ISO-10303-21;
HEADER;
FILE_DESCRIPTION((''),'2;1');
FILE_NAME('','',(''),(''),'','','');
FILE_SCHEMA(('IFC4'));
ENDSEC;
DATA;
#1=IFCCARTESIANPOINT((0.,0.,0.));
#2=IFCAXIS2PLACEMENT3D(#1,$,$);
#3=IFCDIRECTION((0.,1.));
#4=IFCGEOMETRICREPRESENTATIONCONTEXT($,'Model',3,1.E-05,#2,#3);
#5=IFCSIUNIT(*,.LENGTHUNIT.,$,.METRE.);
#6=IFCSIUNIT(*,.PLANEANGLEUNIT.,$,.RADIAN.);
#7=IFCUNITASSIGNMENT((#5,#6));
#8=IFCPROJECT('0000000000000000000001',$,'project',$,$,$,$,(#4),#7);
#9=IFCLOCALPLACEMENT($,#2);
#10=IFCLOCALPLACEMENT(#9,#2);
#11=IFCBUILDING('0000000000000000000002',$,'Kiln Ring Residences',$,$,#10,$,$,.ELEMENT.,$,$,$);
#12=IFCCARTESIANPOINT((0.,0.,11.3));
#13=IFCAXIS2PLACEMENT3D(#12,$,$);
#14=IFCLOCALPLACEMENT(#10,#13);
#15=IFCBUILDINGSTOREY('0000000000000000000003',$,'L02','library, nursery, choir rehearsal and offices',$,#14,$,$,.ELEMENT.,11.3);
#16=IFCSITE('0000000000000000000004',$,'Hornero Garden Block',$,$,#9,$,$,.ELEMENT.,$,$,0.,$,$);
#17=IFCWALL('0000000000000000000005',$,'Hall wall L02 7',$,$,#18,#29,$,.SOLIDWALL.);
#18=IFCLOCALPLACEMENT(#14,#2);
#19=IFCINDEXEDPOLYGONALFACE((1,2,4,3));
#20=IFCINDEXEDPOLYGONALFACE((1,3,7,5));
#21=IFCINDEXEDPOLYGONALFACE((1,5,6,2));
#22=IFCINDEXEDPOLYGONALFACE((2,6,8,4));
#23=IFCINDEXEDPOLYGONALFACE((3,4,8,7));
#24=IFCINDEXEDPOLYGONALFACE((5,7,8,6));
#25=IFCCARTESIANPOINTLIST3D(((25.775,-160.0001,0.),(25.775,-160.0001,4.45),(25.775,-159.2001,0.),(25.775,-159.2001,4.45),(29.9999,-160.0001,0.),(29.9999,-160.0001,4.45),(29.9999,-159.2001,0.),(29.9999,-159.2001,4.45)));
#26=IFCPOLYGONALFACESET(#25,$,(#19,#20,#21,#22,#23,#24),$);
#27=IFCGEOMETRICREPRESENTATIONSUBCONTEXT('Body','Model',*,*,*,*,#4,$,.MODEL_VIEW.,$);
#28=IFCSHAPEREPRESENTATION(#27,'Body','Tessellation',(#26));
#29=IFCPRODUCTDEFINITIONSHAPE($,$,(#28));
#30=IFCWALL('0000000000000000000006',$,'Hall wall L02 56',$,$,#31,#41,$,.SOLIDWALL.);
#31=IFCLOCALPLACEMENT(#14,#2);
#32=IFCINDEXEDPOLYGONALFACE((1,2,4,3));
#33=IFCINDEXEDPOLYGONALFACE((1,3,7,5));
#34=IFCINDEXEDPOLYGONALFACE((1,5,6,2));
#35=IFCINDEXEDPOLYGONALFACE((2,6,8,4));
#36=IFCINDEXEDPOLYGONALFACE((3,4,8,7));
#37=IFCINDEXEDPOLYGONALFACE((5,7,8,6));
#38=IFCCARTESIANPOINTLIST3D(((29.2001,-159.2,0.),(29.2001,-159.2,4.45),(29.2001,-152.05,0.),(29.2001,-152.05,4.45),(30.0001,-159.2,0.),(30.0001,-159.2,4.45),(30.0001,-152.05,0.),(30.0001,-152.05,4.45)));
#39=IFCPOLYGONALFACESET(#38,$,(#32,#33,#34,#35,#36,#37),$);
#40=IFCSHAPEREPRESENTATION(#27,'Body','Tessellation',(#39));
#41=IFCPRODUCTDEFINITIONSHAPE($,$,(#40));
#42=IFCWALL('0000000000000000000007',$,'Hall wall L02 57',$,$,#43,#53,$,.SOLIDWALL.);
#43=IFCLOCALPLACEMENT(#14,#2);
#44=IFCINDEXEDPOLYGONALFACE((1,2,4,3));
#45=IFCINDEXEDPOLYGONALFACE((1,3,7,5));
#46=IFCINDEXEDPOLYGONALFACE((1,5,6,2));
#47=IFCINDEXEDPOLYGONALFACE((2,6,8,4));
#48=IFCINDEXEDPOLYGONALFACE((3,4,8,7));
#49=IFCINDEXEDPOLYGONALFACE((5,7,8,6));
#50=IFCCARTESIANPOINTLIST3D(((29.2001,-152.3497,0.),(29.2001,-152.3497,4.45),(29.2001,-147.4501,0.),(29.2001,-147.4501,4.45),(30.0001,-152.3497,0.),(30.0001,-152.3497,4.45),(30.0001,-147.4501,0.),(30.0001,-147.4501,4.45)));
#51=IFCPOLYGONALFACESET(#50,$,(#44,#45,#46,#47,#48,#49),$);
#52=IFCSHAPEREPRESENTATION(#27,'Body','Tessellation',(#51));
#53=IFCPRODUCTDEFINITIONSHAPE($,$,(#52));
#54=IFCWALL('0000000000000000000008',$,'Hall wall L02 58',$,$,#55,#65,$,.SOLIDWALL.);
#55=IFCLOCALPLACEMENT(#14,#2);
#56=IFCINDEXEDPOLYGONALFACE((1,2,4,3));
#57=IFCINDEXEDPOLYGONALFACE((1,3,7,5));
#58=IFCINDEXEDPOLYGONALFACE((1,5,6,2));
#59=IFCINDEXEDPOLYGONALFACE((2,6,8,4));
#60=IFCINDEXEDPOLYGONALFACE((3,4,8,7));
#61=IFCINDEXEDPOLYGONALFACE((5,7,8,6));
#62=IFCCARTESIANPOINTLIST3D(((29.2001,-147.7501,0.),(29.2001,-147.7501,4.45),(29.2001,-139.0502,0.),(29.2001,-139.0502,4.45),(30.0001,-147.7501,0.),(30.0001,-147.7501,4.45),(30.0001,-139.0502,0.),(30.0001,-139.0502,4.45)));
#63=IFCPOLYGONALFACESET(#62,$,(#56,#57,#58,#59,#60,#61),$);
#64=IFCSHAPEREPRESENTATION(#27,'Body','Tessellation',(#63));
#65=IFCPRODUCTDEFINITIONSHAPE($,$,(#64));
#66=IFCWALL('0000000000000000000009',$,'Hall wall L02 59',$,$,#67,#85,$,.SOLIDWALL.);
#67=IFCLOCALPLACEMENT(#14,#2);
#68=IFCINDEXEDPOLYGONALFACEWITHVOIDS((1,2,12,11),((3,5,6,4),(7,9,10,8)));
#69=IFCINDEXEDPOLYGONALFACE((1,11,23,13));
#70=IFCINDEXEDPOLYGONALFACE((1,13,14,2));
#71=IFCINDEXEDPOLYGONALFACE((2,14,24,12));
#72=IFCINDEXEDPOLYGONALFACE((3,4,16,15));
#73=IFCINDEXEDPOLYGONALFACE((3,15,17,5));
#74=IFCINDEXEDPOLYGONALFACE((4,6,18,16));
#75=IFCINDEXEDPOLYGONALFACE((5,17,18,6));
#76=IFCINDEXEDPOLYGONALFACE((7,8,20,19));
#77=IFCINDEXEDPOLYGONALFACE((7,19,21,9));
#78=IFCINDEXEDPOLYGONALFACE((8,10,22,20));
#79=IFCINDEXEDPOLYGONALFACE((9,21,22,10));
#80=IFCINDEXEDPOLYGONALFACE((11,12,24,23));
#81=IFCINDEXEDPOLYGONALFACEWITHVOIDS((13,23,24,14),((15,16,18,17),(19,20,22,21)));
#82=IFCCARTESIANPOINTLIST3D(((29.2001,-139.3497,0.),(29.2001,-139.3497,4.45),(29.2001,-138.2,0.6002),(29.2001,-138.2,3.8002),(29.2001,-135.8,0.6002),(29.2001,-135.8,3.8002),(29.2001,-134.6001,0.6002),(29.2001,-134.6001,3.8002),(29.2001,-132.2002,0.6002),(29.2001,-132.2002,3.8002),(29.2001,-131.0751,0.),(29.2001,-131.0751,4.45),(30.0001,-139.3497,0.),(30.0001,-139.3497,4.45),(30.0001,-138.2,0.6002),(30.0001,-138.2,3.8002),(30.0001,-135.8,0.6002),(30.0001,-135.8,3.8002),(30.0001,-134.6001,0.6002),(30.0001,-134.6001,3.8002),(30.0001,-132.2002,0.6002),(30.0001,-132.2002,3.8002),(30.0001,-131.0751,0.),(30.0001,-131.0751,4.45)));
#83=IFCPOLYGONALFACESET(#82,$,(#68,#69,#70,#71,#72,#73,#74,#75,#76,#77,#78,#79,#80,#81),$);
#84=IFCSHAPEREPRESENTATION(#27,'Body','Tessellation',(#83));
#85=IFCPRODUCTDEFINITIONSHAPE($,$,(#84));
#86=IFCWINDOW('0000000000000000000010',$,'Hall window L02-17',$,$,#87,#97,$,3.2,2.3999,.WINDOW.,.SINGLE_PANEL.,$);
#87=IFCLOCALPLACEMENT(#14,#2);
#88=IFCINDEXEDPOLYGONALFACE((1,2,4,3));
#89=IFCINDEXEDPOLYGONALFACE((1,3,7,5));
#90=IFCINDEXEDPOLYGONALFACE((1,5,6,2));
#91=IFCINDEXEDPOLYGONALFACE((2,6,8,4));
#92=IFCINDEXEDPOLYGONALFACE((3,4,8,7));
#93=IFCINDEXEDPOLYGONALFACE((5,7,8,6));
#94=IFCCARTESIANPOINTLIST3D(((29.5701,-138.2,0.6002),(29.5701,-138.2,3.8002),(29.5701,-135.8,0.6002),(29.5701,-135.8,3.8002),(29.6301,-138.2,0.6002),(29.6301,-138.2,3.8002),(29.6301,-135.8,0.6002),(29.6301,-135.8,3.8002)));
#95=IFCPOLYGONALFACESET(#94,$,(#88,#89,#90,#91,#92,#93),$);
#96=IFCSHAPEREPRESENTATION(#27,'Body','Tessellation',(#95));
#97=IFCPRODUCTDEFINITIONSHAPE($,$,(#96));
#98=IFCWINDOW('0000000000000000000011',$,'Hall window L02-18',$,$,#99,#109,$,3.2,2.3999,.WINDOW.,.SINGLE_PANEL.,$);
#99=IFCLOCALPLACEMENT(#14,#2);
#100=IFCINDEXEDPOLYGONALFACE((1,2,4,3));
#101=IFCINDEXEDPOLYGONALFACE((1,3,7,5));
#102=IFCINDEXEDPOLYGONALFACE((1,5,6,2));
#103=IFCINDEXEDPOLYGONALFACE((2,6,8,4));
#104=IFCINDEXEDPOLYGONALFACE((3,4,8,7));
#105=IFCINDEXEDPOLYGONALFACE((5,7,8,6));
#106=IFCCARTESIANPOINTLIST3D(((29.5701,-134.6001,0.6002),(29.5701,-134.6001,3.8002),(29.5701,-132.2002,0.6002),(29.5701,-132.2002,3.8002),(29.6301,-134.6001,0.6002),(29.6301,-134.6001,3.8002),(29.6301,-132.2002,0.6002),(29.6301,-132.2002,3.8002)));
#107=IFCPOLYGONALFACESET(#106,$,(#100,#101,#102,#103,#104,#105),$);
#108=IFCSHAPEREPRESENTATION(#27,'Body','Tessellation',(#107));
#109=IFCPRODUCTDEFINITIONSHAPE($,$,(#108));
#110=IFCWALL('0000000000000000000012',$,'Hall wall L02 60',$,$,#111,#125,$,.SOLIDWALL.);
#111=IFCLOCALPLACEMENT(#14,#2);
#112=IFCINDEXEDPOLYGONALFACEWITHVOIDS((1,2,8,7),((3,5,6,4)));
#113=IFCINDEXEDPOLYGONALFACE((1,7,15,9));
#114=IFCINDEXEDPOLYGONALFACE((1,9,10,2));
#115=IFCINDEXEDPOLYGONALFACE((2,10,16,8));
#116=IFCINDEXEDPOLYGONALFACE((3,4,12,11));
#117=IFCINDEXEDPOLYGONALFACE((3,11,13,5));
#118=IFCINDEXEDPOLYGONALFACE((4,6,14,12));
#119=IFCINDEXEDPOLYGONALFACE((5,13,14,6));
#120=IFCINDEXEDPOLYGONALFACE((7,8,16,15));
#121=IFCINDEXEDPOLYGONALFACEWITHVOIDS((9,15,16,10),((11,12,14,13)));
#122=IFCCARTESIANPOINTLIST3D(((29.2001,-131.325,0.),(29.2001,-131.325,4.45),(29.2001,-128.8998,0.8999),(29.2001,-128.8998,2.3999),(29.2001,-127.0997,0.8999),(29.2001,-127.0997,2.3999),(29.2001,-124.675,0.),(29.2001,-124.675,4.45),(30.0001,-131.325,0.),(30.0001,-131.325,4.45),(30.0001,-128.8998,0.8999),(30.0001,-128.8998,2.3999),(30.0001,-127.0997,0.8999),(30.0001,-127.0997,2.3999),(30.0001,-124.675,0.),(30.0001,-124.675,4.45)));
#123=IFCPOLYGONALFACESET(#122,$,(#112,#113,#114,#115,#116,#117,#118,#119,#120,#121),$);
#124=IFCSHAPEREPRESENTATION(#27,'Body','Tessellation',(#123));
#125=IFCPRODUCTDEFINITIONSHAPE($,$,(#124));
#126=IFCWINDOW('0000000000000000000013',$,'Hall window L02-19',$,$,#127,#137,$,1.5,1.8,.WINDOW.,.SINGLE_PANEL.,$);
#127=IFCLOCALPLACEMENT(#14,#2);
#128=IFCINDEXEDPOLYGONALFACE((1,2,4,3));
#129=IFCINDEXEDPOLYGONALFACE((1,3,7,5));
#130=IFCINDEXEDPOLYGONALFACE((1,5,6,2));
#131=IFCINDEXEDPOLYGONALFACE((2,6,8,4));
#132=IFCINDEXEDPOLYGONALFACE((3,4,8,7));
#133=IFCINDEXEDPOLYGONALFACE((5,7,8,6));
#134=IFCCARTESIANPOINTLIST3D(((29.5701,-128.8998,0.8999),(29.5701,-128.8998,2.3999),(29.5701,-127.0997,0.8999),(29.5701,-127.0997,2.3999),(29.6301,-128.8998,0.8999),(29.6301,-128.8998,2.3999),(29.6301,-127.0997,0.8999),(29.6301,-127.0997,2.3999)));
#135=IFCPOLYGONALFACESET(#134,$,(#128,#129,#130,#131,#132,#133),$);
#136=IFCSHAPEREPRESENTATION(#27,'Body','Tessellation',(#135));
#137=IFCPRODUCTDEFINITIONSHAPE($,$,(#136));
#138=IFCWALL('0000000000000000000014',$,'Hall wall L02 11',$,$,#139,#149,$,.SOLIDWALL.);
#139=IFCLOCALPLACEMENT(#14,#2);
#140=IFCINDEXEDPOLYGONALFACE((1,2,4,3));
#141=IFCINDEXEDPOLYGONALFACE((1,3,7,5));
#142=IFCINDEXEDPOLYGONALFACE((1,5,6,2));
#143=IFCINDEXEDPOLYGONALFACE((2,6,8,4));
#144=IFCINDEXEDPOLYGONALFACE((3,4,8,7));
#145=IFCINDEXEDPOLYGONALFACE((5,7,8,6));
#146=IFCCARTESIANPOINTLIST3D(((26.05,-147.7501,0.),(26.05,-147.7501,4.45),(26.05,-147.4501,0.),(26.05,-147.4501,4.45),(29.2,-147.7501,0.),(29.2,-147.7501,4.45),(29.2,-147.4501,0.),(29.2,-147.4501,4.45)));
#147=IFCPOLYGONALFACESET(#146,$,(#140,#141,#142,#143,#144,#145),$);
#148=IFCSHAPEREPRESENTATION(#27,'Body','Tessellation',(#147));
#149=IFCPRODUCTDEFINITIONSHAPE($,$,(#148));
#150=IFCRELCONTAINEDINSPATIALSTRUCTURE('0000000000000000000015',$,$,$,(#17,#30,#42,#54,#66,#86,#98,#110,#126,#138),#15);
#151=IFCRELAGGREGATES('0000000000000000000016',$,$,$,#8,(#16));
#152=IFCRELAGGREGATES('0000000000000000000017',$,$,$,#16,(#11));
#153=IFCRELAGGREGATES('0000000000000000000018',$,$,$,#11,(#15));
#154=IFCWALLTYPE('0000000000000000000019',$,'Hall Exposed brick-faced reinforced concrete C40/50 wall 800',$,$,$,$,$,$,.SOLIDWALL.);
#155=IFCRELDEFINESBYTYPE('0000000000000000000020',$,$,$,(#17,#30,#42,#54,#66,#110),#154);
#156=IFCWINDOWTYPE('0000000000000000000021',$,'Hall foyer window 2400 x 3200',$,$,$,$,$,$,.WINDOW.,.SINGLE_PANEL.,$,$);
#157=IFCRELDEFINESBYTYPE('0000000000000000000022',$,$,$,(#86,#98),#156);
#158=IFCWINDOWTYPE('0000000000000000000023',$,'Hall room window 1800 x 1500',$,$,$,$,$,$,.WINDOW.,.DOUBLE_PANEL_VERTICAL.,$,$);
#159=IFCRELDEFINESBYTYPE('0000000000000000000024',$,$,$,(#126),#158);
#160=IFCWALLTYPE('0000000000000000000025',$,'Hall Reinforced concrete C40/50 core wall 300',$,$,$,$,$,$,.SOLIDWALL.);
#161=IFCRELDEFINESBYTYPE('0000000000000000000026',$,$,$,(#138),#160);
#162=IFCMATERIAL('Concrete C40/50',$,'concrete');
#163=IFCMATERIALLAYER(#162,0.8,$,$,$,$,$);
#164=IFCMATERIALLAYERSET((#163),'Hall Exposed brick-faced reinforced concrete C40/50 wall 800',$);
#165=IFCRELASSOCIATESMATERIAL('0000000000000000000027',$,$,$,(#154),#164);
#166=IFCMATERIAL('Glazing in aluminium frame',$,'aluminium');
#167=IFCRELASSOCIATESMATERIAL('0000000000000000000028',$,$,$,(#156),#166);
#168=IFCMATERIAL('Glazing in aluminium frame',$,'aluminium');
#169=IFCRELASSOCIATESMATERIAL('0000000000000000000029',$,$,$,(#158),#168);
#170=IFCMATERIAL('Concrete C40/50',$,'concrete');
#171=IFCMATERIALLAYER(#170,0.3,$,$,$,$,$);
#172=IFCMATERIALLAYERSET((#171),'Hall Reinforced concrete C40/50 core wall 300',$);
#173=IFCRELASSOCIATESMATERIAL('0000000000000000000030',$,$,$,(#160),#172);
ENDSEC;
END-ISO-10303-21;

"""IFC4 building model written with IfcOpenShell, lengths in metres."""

from ifc_helpers import new_model, si_unit, direction, frame, frame_2d, origin, place, context, subcontext, project, spatial, rectangle, extrude, material, layer, layer_set, type_object, element, fill, save


model = new_model("IFC4")

# Units and contexts
model_context = context("Model", 3, precision=1e-05, world=origin(), true_north=direction((0.0, 1.0)))
body_context = subcontext(model_context, "Body", "Model", "MODEL_VIEW")
ifc_project = project(units=[si_unit("LENGTHUNIT", "METRE"), si_unit("PLANEANGLEUNIT", "RADIAN")], contexts=[model_context])

# Site, building, storey
site_placement = place(None, origin())
site = spatial("IfcSite", under=ifc_project, at=site_placement, Name="Hornero Garden Block", CompositionType="ELEMENT", RefElevation=0.0)
building_placement = place(site_placement, origin())
building = spatial("IfcBuilding", under=site, at=building_placement, Name="Kiln Ring Residences", CompositionType="ELEMENT")
storey_placement = place(building_placement, frame((0.0, 0.0, 11.3)))
storey = spatial("IfcBuildingStorey", under=building, at=storey_placement, Name="L02", Description="library, nursery, choir rehearsal and offices", CompositionType="ELEMENT", Elevation=11.3)

# Walls
ifc_material_1 = material(Name="Concrete C40/50", Category="concrete")
ifc_layer_1 = layer(ifc_material_1, 0.8)
ifc_layer_set_1 = layer_set([ifc_layer_1], Name="Hall Exposed brick-faced reinforced concrete C40/50 wall 800")
wall_type_1 = type_object("IfcWallType", Name="Hall Exposed brick-faced reinforced concrete C40/50 wall 800", PredefinedType="SOLIDWALL", material=ifc_layer_set_1)
wall_1_placement = place(storey_placement, frame((25.7751, -159.6001, 0.0), z_axis=(0.0, 0.0, 1.0), x_axis=(1.0, 0.0, 0.0)))
element("IfcWall", 1, at=wall_1_placement, inside=storey, type_object=wall_type_1, Name="Hall wall L02 7", PredefinedType="SOLIDWALL", context=body_context, shape_type="SweptSolid", body=[
    extrude(rectangle(XDim=4.2249, YDim=0.8, at=frame_2d((2.1123, 0.0))), origin(), (0.0, 0.0, 1.0), 4.45),
])
wall_2_placement = place(storey_placement, frame((29.6001, -152.05, 0.0), z_axis=(0.0, 0.0, 1.0), x_axis=(0.0, -1.0, 0.0)))
element("IfcWall", 2, at=wall_2_placement, inside=storey, type_object=wall_type_1, Name="Hall wall L02 56", PredefinedType="SOLIDWALL", context=body_context, shape_type="SweptSolid", body=[
    extrude(rectangle(XDim=7.1499, YDim=0.8, at=frame_2d((3.575, 0.0))), origin(), (0.0, 0.0, 1.0), 4.45),
])
wall_3_placement = place(storey_placement, frame((29.6001, -147.4502, 0.0), z_axis=(0.0, 0.0, 1.0), x_axis=(0.0, -1.0, 0.0)))
element("IfcWall", 3, at=wall_3_placement, inside=storey, type_object=wall_type_1, Name="Hall wall L02 57", PredefinedType="SOLIDWALL", context=body_context, shape_type="SweptSolid", body=[
    extrude(rectangle(XDim=4.8997, YDim=0.8, at=frame_2d((2.4497, 0.0))), origin(), (0.0, 0.0, 1.0), 4.45),
])
wall_4_placement = place(storey_placement, frame((29.6001, -139.05, 0.0), z_axis=(0.0, 0.0, 1.0), x_axis=(0.0, -1.0, 0.0)))
element("IfcWall", 4, at=wall_4_placement, inside=storey, type_object=wall_type_1, Name="Hall wall L02 58", PredefinedType="SOLIDWALL", context=body_context, shape_type="SweptSolid", body=[
    extrude(rectangle(XDim=8.7, YDim=0.8, at=frame_2d((4.3501, 0.0))), origin(), (0.0, 0.0, 1.0), 4.45),
])

# Wall, openings, windows
wall_5_placement = place(storey_placement, frame((29.6001, -131.0752, 0.0), z_axis=(0.0, 0.0, 1.0), x_axis=(0.0, -1.0, 0.0)))
wall_5 = element("IfcWall", 5, at=wall_5_placement, inside=storey, type_object=wall_type_1, Name="Hall wall L02 59", PredefinedType="SOLIDWALL", context=body_context, shape_type="SweptSolid", body=[
    extrude(rectangle(XDim=8.2747, YDim=0.8, at=frame_2d((4.1372, 0.0))), origin(), (0.0, 0.0, 1.0), 4.45),
])
opening_1_placement = place(wall_5_placement, frame((4.7249, 0.0, 0.6001)))
opening_1 = element("IfcOpeningElement", 6, at=opening_1_placement, cuts=wall_5, PredefinedType="OPENING", context=body_context, shape_type="SweptSolid", body=[
    extrude(rectangle(XDim=2.3999, YDim=3.2, at=frame_2d((1.2, 1.6001))), frame((0.0, 0.4099, 0.0), z_axis=(0.0, -1.0, 0.0), x_axis=(1.0, 0.0, 0.0)), (0.0, 0.0, 1.0), 0.8201),
])
opening_2_placement = place(wall_5_placement, frame((1.125, 0.0, 0.6001)))
opening_2 = element("IfcOpeningElement", 7, at=opening_2_placement, cuts=wall_5, PredefinedType="OPENING", context=body_context, shape_type="SweptSolid", body=[
    extrude(rectangle(XDim=2.3999, YDim=3.2, at=frame_2d((1.2, 1.6001))), frame((0.0, 0.4099, 0.0), z_axis=(0.0, -1.0, 0.0), x_axis=(1.0, 0.0, 0.0)), (0.0, 0.0, 1.0), 0.8201),
])
ifc_material_2 = material(Name="Glazing in aluminium frame", Category="aluminium")
window_type_1 = type_object("IfcWindowType", Name="Hall foyer window 2400 x 3200", PartitioningType="SINGLE_PANEL", PredefinedType="WINDOW", material=ifc_material_2)
window_1_placement = place(opening_1_placement, origin())
window_1 = element("IfcWindow", 8, at=window_1_placement, inside=storey, type_object=window_type_1, Name="Hall window L02-17", OverallHeight=3.2, OverallWidth=2.3999, PartitioningType="SINGLE_PANEL", PredefinedType="WINDOW", context=body_context, shape_type="SweptSolid", body=[
    extrude(rectangle(XDim=2.3999, YDim=3.2, at=frame_2d((1.2, 1.6001))), frame((0.0, 0.03, 0.0), z_axis=(0.0, -1.0, 0.0), x_axis=(1.0, 0.0, 0.0)), (0.0, 0.0, 1.0), 0.0601),
])
fill(opening_1, window_1)
window_2_placement = place(opening_2_placement, origin())
window_2 = element("IfcWindow", 9, at=window_2_placement, inside=storey, type_object=window_type_1, Name="Hall window L02-18", OverallHeight=3.2, OverallWidth=2.3999, PartitioningType="SINGLE_PANEL", PredefinedType="WINDOW", context=body_context, shape_type="SweptSolid", body=[
    extrude(rectangle(XDim=2.3999, YDim=3.2, at=frame_2d((1.2, 1.6001))), frame((0.0, 0.03, 0.0), z_axis=(0.0, -1.0, 0.0), x_axis=(1.0, 0.0, 0.0)), (0.0, 0.0, 1.0), 0.0601),
])
fill(opening_2, window_2)

# Wall, opening, window
wall_6_placement = place(storey_placement, frame((29.6001, -124.675, 0.0), z_axis=(0.0, 0.0, 1.0), x_axis=(0.0, -1.0, 0.0)))
wall_6 = element("IfcWall", 10, at=wall_6_placement, inside=storey, type_object=wall_type_1, Name="Hall wall L02 60", PredefinedType="SOLIDWALL", context=body_context, shape_type="SweptSolid", body=[
    extrude(rectangle(XDim=6.6499, YDim=0.8, at=frame_2d((3.325, 0.0))), origin(), (0.0, 0.0, 1.0), 4.45),
])
opening_3_placement = place(wall_6_placement, frame((2.4248, 0.0, 0.8999)))
opening_3 = element("IfcOpeningElement", 11, at=opening_3_placement, cuts=wall_6, PredefinedType="OPENING", context=body_context, shape_type="SweptSolid", body=[
    extrude(rectangle(XDim=1.8, YDim=1.5, at=frame_2d((0.8999, 0.75))), frame((0.0, 0.4099, 0.0), z_axis=(0.0, -1.0, 0.0), x_axis=(1.0, 0.0, 0.0)), (0.0, 0.0, 1.0), 0.8201),
])
ifc_material_3 = material(Name="Glazing in aluminium frame", Category="aluminium")
window_type_2 = type_object("IfcWindowType", Name="Hall room window 1800 x 1500", PartitioningType="DOUBLE_PANEL_VERTICAL", PredefinedType="WINDOW", material=ifc_material_3)
window_3_placement = place(opening_3_placement, origin())
window_3 = element("IfcWindow", 12, at=window_3_placement, inside=storey, type_object=window_type_2, Name="Hall window L02-19", OverallHeight=1.5, OverallWidth=1.8, PartitioningType="SINGLE_PANEL", PredefinedType="WINDOW", context=body_context, shape_type="SweptSolid", body=[
    extrude(rectangle(XDim=1.8, YDim=1.5, at=frame_2d((0.8999, 0.75))), frame((0.0, 0.03, 0.0), z_axis=(0.0, -1.0, 0.0), x_axis=(1.0, 0.0, 0.0)), (0.0, 0.0, 1.0), 0.0601),
])
fill(opening_3, window_3)

# Wall
ifc_material_4 = material(Name="Concrete C40/50", Category="concrete")
ifc_layer_2 = layer(ifc_material_4, 0.3)
ifc_layer_set_2 = layer_set([ifc_layer_2], Name="Hall Reinforced concrete C40/50 core wall 300")
wall_type_2 = type_object("IfcWallType", Name="Hall Reinforced concrete C40/50 core wall 300", PredefinedType="SOLIDWALL", material=ifc_layer_set_2)
wall_7_placement = place(storey_placement, frame((26.05, -147.6001, 0.0), z_axis=(0.0, 0.0, 1.0), x_axis=(1.0, 0.0, 0.0)))
element("IfcWall", 13, at=wall_7_placement, inside=storey, type_object=wall_type_2, Name="Hall wall L02 11", PredefinedType="SOLIDWALL", context=body_context, shape_type="SweptSolid", body=[
    extrude(rectangle(XDim=3.1499, YDim=0.3, at=frame_2d((1.575, 0.0))), origin(), (0.0, 0.0, 1.0), 4.45),
])

save(model, "model.ifc")
